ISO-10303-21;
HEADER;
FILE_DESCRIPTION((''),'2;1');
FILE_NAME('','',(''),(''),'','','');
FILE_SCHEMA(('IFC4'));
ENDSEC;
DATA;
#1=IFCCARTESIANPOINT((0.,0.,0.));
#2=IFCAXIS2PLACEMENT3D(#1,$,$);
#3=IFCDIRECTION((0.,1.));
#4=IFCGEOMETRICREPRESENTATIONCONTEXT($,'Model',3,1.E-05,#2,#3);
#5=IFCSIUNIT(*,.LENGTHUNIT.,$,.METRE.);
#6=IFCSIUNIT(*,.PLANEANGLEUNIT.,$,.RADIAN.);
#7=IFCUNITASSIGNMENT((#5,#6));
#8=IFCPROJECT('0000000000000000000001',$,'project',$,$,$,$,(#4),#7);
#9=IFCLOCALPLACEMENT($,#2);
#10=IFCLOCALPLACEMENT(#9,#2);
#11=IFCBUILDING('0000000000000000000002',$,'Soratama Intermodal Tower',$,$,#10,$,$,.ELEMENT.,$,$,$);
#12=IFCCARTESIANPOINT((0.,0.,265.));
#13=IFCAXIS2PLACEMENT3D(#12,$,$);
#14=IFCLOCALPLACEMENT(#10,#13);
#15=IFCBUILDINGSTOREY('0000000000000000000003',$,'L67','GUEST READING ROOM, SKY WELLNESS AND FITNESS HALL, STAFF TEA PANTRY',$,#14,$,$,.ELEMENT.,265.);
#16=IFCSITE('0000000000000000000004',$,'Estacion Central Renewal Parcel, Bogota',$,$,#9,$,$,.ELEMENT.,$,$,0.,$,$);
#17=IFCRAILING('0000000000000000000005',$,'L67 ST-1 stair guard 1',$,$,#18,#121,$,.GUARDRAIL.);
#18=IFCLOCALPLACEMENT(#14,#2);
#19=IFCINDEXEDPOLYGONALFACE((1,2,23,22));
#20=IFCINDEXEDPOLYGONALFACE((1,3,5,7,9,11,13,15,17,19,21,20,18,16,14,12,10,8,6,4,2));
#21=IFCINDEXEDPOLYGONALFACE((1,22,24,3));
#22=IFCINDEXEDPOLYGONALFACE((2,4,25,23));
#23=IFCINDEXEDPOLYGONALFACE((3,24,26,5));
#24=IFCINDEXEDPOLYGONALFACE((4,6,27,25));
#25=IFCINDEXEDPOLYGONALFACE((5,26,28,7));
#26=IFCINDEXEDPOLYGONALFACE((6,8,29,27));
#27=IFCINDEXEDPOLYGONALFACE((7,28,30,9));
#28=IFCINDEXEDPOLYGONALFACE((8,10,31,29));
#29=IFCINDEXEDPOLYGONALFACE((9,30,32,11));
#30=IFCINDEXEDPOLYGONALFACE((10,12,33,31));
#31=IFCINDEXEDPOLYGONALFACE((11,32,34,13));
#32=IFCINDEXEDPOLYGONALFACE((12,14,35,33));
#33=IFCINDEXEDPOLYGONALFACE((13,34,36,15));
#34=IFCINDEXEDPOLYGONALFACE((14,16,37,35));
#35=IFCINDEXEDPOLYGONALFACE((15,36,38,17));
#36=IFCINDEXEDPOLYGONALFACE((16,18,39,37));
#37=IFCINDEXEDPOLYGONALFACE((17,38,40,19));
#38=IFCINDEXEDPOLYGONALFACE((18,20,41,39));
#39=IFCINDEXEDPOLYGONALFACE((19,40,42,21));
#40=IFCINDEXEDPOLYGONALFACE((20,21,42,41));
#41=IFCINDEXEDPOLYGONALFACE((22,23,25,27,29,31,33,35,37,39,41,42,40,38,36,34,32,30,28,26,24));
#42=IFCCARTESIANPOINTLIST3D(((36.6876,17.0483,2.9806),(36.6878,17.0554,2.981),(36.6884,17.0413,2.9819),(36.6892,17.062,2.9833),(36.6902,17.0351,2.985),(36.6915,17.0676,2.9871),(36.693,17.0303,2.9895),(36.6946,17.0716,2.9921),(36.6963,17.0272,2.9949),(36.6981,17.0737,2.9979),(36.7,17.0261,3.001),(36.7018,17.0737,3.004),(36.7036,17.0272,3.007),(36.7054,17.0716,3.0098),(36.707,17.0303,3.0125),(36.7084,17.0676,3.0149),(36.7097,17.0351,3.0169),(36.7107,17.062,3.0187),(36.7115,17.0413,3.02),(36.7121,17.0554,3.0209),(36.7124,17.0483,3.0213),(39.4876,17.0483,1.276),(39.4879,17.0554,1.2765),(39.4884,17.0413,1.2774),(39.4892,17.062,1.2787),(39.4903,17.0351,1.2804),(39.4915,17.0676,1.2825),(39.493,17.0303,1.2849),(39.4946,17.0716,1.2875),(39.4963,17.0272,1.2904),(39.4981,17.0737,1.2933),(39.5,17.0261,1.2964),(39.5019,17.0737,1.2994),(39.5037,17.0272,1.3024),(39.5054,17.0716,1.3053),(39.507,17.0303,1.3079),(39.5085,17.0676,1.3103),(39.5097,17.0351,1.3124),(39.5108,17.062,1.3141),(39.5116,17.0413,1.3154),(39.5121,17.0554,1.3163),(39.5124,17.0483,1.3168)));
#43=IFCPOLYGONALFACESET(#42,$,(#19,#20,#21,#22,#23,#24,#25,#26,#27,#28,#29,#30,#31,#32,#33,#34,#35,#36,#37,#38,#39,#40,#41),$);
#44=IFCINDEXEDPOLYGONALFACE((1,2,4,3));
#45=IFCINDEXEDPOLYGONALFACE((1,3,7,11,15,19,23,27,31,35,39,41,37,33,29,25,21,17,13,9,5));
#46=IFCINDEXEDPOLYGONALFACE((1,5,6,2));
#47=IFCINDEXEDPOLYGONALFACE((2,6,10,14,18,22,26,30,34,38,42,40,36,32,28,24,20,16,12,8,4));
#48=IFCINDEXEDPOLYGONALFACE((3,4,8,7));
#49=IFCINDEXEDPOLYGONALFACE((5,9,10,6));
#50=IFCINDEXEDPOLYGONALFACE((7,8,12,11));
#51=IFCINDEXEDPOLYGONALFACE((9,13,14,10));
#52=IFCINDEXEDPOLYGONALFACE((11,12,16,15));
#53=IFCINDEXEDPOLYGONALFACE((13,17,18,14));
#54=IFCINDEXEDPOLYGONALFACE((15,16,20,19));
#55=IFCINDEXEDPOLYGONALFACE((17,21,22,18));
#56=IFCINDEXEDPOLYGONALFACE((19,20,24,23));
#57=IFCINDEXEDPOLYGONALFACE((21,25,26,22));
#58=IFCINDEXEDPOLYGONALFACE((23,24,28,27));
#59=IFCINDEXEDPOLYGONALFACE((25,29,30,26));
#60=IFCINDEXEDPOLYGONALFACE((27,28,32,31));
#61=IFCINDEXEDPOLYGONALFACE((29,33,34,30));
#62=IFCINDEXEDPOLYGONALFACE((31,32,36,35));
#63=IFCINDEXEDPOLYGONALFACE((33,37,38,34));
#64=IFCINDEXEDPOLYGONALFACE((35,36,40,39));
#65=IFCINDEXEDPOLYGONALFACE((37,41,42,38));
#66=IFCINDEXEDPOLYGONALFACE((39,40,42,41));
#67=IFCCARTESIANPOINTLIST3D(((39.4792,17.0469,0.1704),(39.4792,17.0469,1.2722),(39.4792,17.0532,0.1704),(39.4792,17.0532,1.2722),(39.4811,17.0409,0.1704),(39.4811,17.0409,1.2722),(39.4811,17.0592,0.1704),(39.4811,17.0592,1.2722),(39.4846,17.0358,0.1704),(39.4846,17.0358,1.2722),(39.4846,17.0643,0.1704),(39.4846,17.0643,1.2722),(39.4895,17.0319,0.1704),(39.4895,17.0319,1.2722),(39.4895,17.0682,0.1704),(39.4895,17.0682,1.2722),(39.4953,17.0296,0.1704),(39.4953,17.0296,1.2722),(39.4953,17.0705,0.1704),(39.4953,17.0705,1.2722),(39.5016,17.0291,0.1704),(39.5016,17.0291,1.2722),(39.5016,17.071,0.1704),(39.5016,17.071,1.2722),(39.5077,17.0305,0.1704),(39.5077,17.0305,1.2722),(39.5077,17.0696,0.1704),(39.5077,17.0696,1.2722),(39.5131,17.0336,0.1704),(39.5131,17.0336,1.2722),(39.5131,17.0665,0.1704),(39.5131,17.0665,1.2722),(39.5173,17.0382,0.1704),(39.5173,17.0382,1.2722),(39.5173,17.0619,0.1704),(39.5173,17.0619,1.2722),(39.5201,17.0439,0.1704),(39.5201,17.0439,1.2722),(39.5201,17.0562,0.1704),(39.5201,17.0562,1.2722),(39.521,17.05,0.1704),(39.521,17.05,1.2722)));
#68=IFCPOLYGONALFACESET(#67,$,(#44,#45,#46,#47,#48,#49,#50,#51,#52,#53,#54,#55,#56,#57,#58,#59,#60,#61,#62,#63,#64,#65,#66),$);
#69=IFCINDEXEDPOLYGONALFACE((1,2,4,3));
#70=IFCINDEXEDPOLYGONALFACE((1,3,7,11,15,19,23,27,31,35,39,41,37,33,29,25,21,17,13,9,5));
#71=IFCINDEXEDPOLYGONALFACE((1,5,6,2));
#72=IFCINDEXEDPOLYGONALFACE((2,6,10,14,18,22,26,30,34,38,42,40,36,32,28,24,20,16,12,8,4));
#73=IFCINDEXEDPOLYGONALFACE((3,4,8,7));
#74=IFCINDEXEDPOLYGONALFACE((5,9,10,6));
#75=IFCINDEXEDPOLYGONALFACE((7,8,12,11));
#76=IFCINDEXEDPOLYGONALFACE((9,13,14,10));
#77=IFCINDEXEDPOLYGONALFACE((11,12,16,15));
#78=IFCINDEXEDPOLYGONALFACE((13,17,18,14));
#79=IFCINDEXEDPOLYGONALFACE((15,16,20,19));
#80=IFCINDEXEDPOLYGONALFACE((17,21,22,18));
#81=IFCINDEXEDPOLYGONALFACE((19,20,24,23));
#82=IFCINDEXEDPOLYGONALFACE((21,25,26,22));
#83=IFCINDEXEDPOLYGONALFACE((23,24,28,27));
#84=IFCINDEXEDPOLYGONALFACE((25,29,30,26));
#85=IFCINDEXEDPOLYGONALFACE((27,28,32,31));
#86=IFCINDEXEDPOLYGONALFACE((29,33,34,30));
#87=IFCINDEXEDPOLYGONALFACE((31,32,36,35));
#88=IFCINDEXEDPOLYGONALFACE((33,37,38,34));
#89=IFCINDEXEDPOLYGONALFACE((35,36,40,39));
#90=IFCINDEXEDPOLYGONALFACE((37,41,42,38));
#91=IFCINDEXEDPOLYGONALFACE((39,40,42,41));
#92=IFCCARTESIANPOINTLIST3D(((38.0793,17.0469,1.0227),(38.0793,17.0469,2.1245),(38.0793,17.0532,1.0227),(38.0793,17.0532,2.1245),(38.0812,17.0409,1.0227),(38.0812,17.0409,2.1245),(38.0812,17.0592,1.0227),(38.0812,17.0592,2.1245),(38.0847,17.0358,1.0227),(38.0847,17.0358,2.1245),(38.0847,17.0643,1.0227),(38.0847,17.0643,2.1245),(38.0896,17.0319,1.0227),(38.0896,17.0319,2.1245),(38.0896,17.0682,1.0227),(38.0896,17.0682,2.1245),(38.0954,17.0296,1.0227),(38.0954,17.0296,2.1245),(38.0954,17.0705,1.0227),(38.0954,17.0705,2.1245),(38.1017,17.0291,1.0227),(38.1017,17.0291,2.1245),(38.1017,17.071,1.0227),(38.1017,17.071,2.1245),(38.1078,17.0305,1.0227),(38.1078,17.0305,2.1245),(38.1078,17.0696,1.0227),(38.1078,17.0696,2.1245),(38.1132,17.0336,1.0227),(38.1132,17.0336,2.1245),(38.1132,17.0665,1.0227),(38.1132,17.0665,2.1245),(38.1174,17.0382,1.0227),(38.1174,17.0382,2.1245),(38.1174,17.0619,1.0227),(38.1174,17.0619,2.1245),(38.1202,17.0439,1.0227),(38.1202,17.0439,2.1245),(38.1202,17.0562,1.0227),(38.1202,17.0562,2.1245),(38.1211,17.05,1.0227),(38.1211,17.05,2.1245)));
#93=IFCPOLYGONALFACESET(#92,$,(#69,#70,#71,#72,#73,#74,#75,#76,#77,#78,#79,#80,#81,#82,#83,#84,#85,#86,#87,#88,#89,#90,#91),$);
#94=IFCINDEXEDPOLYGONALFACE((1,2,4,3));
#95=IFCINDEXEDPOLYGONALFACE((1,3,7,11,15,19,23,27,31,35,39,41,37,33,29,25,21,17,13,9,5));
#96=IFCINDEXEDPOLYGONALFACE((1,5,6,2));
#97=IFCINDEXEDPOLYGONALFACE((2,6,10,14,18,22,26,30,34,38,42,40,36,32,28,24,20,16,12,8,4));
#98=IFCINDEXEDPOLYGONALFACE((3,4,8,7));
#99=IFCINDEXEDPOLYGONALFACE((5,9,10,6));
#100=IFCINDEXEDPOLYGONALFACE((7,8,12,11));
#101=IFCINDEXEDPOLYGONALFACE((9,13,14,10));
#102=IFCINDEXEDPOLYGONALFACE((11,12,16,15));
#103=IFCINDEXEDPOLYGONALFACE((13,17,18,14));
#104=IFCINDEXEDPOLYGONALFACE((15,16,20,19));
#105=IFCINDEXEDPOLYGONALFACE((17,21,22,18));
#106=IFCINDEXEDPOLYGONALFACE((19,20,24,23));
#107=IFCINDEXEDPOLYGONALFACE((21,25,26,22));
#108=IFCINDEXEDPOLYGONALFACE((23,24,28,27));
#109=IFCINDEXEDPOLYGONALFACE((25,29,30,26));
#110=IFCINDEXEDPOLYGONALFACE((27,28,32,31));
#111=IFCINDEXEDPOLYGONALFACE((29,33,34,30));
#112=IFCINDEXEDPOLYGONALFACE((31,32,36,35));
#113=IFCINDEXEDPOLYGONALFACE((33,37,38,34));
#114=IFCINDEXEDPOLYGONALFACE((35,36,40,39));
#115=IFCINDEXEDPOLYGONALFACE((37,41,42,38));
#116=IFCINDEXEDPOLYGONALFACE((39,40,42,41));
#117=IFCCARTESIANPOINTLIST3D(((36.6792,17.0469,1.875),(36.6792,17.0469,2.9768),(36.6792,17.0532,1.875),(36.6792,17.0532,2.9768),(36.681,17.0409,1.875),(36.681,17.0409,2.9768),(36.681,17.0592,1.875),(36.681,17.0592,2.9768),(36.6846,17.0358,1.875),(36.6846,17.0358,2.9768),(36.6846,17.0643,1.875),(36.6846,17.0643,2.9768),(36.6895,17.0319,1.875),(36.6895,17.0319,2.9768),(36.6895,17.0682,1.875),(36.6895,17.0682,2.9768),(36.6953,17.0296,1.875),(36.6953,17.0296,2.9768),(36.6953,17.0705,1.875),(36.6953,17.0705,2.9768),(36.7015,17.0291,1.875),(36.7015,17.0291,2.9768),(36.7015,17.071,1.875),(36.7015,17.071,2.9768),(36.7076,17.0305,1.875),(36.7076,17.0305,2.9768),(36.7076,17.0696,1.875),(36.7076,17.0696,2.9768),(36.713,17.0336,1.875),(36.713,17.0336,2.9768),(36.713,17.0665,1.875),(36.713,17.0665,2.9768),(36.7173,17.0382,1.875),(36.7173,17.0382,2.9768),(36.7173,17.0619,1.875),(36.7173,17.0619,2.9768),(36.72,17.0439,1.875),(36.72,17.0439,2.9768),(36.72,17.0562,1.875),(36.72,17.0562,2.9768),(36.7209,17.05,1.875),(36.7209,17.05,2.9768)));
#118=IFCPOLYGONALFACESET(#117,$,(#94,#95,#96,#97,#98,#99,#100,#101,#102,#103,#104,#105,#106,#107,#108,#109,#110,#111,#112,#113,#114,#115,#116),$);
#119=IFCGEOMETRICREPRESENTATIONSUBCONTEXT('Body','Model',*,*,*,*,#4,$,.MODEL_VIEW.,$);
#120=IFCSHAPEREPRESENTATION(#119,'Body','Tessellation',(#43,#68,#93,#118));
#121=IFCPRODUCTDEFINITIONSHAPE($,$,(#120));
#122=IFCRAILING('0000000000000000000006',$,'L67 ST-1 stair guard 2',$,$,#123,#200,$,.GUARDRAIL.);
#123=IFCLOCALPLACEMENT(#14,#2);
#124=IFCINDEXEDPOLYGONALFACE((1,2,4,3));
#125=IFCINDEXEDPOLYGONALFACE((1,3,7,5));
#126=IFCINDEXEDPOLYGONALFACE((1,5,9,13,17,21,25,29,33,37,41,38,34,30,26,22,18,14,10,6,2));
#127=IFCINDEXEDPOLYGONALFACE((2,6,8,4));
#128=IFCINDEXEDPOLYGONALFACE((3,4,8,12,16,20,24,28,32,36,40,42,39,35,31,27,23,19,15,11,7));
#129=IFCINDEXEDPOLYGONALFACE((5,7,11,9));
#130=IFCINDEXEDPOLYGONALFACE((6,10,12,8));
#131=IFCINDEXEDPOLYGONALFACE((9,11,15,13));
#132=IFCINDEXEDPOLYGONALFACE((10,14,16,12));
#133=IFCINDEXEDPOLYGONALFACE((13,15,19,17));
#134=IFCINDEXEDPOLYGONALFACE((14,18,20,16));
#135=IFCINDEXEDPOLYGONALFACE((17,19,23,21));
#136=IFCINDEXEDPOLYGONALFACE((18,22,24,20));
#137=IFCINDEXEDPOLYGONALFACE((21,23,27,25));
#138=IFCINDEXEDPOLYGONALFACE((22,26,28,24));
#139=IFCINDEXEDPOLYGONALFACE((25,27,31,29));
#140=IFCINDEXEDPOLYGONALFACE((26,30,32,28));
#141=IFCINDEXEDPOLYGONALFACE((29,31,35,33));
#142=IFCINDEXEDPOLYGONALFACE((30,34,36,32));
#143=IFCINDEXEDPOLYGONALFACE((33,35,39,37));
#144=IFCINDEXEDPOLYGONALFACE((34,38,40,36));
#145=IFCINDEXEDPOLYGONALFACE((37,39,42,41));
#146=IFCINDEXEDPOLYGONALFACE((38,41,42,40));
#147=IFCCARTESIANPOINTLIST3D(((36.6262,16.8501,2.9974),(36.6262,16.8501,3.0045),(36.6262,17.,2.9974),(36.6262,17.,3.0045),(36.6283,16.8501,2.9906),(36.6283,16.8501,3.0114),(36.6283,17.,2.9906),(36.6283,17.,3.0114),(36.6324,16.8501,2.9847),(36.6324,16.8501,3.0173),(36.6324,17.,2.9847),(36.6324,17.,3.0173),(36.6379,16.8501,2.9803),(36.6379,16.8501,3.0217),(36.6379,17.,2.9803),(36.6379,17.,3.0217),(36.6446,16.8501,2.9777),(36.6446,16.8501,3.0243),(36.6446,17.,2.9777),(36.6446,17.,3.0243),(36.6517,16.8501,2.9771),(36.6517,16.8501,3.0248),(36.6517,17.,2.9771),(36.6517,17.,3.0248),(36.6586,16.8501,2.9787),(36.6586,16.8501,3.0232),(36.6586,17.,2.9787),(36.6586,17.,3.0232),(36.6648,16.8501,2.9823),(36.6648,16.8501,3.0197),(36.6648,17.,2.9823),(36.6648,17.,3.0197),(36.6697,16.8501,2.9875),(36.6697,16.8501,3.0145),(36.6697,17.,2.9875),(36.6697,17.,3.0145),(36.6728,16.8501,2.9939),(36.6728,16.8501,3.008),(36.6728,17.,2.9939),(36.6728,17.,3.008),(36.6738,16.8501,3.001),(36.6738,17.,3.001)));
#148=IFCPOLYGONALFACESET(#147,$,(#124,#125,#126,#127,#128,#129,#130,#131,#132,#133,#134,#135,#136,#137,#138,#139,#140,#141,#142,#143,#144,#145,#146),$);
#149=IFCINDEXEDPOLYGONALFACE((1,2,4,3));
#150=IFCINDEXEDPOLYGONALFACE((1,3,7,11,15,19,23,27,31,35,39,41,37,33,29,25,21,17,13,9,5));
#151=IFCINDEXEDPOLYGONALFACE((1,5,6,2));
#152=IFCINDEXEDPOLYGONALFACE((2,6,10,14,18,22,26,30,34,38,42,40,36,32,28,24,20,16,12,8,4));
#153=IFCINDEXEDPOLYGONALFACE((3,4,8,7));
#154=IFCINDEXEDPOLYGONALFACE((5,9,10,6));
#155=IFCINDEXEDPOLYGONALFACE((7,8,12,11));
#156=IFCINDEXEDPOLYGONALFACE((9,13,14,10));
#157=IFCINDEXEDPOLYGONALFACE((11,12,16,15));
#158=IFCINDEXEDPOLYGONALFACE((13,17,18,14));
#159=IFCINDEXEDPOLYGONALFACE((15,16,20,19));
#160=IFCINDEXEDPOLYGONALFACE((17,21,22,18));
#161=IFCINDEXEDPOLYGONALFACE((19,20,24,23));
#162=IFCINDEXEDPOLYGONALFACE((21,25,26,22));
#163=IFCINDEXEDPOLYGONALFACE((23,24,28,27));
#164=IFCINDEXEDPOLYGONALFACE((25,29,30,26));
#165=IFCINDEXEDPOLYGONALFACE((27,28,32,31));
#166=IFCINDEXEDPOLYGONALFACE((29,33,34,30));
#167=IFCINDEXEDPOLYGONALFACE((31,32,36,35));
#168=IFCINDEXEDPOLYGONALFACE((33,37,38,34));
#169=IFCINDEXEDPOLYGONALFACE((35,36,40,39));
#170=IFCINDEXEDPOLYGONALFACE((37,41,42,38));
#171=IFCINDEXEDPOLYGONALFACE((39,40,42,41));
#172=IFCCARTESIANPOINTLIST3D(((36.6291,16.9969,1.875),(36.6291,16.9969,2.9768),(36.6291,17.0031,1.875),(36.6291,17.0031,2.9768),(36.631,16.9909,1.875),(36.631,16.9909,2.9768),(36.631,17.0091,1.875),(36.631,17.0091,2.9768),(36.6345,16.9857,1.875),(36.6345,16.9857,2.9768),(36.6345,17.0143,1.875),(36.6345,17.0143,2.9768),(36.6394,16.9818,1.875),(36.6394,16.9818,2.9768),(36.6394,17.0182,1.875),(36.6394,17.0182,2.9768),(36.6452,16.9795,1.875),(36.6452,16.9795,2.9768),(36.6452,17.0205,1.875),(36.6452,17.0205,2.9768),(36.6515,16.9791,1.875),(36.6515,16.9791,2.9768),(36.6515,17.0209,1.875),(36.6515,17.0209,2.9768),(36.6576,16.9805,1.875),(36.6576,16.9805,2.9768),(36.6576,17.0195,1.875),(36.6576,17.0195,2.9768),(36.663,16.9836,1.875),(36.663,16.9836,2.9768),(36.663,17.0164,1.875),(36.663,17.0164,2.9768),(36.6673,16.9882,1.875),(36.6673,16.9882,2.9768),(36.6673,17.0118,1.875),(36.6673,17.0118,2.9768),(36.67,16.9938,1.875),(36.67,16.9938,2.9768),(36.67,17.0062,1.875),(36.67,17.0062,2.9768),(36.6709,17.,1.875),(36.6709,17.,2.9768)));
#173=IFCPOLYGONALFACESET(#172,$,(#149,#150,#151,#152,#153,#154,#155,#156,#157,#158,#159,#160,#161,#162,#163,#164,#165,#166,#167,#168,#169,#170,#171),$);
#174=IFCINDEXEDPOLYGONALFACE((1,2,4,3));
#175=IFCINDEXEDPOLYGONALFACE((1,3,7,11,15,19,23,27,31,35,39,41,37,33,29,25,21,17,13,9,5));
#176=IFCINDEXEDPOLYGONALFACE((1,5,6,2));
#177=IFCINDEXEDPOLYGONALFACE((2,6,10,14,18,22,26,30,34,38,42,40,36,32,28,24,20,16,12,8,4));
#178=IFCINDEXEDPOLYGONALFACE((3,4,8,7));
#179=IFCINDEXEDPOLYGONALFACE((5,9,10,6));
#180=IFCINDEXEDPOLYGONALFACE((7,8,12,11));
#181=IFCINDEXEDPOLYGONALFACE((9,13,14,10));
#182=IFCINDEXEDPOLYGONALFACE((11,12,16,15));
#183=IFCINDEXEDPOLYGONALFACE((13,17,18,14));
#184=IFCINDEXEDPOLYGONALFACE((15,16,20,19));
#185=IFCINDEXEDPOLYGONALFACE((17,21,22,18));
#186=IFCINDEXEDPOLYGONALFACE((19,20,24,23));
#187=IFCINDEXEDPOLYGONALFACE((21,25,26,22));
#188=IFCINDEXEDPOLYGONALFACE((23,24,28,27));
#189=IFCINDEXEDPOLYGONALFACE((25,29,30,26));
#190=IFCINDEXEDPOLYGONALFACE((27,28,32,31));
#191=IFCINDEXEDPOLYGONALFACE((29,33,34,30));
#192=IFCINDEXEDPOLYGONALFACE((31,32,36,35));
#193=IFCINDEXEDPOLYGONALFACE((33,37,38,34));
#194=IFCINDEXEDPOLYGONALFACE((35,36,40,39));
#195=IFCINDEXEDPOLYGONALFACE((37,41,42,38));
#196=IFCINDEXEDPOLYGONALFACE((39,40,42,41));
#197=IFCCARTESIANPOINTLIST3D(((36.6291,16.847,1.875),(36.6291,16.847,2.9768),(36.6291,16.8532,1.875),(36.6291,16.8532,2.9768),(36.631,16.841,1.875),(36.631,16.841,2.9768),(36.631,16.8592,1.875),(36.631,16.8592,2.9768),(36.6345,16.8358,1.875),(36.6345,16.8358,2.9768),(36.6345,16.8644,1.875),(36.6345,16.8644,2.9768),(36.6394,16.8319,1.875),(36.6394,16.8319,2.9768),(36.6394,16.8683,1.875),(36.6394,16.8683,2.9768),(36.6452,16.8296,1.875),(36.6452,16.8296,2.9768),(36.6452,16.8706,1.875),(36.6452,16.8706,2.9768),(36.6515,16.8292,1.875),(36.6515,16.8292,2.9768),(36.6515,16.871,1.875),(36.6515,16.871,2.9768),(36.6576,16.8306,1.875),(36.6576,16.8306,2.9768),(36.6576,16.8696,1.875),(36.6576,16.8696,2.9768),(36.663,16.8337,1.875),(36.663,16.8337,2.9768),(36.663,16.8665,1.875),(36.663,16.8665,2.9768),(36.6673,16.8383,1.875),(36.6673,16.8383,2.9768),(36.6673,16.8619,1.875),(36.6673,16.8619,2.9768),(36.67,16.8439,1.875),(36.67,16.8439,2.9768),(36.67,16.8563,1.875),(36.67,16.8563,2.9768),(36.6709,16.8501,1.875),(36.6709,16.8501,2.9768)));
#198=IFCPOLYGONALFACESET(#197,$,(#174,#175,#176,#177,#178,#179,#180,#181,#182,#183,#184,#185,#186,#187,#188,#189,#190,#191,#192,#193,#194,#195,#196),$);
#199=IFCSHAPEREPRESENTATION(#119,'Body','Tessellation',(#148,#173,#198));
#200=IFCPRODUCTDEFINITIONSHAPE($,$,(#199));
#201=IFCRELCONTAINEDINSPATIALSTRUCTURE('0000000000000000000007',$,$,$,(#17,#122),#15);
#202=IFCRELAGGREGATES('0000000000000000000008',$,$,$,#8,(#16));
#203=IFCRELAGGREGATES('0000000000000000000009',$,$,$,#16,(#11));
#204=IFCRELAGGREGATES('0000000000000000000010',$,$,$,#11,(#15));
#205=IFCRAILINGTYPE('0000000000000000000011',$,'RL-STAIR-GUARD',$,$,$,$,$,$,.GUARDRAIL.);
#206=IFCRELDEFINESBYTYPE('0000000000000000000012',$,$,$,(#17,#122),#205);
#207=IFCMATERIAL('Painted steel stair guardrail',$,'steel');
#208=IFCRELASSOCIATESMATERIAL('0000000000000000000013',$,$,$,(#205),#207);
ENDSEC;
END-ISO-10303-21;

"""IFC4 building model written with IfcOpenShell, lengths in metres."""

from ifc_helpers import new_model, si_unit, direction, frame, origin, origin_2d, place, context, subcontext, project, spatial, circle, extrude, material, type_object, element, save


model = new_model("IFC4")

# Units and contexts
model_context = context("Model", 3, precision=1e-05, world=origin(), true_north=direction((0.0, 1.0)))
body_context = subcontext(model_context, "Body", "Model", "MODEL_VIEW")
ifc_project = project(units=[si_unit("LENGTHUNIT", "METRE"), si_unit("PLANEANGLEUNIT", "RADIAN")], contexts=[model_context])

# Site, building, storey
site_placement = place(None, origin())
site = spatial("IfcSite", under=ifc_project, at=site_placement, Name="Estacion Central Renewal Parcel, Bogota", CompositionType="ELEMENT", RefElevation=0.0)
building_placement = place(site_placement, origin())
building = spatial("IfcBuilding", under=site, at=building_placement, Name="Soratama Intermodal Tower", CompositionType="ELEMENT")
storey_placement = place(building_placement, frame((0.0, 0.0, 265.0)))
storey = spatial("IfcBuildingStorey", under=building, at=storey_placement, Name="L67", Description="GUEST READING ROOM, SKY WELLNESS AND FITNESS HALL, STAFF TEA PANTRY", CompositionType="ELEMENT", Elevation=265.0)

# Railings
ifc_material_1 = material(Name="Painted steel stair guardrail", Category="steel")
railing_type_1 = type_object("IfcRailingType", Name="RL-STAIR-GUARD", PredefinedType="GUARDRAIL", material=ifc_material_1)
railing_1_placement = place(storey_placement, frame((39.5, 17.05, 0.1704)))
element("IfcRailing", 1, at=railing_1_placement, inside=storey, type_object=railing_type_1, Name="L67 ST-1 stair guard 1", PredefinedType="GUARDRAIL", context=body_context, shape_type="SweptSolid", body=[
    extrude(circle(Radius=0.0239, at=origin_2d()), frame((0.0, 0.0, 1.126), z_axis=(-0.85417, 0.0, 0.519994), x_axis=(0.0, -1.0, 0.0)), (0.0, 0.0, 1.0), 3.2781),
    extrude(circle(Radius=0.021, at=origin_2d()), origin(), (0.0, 0.0, 1.0), 1.1018),
    extrude(circle(Radius=0.021, at=origin_2d()), frame((-1.3999, 0.0, 0.8523)), (0.0, 0.0, 1.0), 1.1018),
    extrude(circle(Radius=0.021, at=origin_2d()), frame((-2.8, 0.0, 1.7046)), (0.0, 0.0, 1.0), 1.1018),
])
railing_2_placement = place(storey_placement, frame((36.6499, 17.0, 1.875)))
element("IfcRailing", 2, at=railing_2_placement, inside=storey, type_object=railing_type_1, Name="L67 ST-1 stair guard 2", PredefinedType="GUARDRAIL", context=body_context, shape_type="SweptSolid", body=[
    extrude(circle(Radius=0.0239, at=origin_2d()), frame((0.0, 0.0, 1.126), z_axis=(0.0, -1.0, 0.0), x_axis=(1.0, 0.0, 0.0)), (0.0, 0.0, 1.0), 0.1499),
    extrude(circle(Radius=0.021, at=origin_2d()), origin(), (0.0, 0.0, 1.0), 1.1018),
    extrude(circle(Radius=0.021, at=origin_2d()), frame((0.0, -0.1499, 0.0)), (0.0, 0.0, 1.0), 1.1018),
])

save(model, "model.ifc")
